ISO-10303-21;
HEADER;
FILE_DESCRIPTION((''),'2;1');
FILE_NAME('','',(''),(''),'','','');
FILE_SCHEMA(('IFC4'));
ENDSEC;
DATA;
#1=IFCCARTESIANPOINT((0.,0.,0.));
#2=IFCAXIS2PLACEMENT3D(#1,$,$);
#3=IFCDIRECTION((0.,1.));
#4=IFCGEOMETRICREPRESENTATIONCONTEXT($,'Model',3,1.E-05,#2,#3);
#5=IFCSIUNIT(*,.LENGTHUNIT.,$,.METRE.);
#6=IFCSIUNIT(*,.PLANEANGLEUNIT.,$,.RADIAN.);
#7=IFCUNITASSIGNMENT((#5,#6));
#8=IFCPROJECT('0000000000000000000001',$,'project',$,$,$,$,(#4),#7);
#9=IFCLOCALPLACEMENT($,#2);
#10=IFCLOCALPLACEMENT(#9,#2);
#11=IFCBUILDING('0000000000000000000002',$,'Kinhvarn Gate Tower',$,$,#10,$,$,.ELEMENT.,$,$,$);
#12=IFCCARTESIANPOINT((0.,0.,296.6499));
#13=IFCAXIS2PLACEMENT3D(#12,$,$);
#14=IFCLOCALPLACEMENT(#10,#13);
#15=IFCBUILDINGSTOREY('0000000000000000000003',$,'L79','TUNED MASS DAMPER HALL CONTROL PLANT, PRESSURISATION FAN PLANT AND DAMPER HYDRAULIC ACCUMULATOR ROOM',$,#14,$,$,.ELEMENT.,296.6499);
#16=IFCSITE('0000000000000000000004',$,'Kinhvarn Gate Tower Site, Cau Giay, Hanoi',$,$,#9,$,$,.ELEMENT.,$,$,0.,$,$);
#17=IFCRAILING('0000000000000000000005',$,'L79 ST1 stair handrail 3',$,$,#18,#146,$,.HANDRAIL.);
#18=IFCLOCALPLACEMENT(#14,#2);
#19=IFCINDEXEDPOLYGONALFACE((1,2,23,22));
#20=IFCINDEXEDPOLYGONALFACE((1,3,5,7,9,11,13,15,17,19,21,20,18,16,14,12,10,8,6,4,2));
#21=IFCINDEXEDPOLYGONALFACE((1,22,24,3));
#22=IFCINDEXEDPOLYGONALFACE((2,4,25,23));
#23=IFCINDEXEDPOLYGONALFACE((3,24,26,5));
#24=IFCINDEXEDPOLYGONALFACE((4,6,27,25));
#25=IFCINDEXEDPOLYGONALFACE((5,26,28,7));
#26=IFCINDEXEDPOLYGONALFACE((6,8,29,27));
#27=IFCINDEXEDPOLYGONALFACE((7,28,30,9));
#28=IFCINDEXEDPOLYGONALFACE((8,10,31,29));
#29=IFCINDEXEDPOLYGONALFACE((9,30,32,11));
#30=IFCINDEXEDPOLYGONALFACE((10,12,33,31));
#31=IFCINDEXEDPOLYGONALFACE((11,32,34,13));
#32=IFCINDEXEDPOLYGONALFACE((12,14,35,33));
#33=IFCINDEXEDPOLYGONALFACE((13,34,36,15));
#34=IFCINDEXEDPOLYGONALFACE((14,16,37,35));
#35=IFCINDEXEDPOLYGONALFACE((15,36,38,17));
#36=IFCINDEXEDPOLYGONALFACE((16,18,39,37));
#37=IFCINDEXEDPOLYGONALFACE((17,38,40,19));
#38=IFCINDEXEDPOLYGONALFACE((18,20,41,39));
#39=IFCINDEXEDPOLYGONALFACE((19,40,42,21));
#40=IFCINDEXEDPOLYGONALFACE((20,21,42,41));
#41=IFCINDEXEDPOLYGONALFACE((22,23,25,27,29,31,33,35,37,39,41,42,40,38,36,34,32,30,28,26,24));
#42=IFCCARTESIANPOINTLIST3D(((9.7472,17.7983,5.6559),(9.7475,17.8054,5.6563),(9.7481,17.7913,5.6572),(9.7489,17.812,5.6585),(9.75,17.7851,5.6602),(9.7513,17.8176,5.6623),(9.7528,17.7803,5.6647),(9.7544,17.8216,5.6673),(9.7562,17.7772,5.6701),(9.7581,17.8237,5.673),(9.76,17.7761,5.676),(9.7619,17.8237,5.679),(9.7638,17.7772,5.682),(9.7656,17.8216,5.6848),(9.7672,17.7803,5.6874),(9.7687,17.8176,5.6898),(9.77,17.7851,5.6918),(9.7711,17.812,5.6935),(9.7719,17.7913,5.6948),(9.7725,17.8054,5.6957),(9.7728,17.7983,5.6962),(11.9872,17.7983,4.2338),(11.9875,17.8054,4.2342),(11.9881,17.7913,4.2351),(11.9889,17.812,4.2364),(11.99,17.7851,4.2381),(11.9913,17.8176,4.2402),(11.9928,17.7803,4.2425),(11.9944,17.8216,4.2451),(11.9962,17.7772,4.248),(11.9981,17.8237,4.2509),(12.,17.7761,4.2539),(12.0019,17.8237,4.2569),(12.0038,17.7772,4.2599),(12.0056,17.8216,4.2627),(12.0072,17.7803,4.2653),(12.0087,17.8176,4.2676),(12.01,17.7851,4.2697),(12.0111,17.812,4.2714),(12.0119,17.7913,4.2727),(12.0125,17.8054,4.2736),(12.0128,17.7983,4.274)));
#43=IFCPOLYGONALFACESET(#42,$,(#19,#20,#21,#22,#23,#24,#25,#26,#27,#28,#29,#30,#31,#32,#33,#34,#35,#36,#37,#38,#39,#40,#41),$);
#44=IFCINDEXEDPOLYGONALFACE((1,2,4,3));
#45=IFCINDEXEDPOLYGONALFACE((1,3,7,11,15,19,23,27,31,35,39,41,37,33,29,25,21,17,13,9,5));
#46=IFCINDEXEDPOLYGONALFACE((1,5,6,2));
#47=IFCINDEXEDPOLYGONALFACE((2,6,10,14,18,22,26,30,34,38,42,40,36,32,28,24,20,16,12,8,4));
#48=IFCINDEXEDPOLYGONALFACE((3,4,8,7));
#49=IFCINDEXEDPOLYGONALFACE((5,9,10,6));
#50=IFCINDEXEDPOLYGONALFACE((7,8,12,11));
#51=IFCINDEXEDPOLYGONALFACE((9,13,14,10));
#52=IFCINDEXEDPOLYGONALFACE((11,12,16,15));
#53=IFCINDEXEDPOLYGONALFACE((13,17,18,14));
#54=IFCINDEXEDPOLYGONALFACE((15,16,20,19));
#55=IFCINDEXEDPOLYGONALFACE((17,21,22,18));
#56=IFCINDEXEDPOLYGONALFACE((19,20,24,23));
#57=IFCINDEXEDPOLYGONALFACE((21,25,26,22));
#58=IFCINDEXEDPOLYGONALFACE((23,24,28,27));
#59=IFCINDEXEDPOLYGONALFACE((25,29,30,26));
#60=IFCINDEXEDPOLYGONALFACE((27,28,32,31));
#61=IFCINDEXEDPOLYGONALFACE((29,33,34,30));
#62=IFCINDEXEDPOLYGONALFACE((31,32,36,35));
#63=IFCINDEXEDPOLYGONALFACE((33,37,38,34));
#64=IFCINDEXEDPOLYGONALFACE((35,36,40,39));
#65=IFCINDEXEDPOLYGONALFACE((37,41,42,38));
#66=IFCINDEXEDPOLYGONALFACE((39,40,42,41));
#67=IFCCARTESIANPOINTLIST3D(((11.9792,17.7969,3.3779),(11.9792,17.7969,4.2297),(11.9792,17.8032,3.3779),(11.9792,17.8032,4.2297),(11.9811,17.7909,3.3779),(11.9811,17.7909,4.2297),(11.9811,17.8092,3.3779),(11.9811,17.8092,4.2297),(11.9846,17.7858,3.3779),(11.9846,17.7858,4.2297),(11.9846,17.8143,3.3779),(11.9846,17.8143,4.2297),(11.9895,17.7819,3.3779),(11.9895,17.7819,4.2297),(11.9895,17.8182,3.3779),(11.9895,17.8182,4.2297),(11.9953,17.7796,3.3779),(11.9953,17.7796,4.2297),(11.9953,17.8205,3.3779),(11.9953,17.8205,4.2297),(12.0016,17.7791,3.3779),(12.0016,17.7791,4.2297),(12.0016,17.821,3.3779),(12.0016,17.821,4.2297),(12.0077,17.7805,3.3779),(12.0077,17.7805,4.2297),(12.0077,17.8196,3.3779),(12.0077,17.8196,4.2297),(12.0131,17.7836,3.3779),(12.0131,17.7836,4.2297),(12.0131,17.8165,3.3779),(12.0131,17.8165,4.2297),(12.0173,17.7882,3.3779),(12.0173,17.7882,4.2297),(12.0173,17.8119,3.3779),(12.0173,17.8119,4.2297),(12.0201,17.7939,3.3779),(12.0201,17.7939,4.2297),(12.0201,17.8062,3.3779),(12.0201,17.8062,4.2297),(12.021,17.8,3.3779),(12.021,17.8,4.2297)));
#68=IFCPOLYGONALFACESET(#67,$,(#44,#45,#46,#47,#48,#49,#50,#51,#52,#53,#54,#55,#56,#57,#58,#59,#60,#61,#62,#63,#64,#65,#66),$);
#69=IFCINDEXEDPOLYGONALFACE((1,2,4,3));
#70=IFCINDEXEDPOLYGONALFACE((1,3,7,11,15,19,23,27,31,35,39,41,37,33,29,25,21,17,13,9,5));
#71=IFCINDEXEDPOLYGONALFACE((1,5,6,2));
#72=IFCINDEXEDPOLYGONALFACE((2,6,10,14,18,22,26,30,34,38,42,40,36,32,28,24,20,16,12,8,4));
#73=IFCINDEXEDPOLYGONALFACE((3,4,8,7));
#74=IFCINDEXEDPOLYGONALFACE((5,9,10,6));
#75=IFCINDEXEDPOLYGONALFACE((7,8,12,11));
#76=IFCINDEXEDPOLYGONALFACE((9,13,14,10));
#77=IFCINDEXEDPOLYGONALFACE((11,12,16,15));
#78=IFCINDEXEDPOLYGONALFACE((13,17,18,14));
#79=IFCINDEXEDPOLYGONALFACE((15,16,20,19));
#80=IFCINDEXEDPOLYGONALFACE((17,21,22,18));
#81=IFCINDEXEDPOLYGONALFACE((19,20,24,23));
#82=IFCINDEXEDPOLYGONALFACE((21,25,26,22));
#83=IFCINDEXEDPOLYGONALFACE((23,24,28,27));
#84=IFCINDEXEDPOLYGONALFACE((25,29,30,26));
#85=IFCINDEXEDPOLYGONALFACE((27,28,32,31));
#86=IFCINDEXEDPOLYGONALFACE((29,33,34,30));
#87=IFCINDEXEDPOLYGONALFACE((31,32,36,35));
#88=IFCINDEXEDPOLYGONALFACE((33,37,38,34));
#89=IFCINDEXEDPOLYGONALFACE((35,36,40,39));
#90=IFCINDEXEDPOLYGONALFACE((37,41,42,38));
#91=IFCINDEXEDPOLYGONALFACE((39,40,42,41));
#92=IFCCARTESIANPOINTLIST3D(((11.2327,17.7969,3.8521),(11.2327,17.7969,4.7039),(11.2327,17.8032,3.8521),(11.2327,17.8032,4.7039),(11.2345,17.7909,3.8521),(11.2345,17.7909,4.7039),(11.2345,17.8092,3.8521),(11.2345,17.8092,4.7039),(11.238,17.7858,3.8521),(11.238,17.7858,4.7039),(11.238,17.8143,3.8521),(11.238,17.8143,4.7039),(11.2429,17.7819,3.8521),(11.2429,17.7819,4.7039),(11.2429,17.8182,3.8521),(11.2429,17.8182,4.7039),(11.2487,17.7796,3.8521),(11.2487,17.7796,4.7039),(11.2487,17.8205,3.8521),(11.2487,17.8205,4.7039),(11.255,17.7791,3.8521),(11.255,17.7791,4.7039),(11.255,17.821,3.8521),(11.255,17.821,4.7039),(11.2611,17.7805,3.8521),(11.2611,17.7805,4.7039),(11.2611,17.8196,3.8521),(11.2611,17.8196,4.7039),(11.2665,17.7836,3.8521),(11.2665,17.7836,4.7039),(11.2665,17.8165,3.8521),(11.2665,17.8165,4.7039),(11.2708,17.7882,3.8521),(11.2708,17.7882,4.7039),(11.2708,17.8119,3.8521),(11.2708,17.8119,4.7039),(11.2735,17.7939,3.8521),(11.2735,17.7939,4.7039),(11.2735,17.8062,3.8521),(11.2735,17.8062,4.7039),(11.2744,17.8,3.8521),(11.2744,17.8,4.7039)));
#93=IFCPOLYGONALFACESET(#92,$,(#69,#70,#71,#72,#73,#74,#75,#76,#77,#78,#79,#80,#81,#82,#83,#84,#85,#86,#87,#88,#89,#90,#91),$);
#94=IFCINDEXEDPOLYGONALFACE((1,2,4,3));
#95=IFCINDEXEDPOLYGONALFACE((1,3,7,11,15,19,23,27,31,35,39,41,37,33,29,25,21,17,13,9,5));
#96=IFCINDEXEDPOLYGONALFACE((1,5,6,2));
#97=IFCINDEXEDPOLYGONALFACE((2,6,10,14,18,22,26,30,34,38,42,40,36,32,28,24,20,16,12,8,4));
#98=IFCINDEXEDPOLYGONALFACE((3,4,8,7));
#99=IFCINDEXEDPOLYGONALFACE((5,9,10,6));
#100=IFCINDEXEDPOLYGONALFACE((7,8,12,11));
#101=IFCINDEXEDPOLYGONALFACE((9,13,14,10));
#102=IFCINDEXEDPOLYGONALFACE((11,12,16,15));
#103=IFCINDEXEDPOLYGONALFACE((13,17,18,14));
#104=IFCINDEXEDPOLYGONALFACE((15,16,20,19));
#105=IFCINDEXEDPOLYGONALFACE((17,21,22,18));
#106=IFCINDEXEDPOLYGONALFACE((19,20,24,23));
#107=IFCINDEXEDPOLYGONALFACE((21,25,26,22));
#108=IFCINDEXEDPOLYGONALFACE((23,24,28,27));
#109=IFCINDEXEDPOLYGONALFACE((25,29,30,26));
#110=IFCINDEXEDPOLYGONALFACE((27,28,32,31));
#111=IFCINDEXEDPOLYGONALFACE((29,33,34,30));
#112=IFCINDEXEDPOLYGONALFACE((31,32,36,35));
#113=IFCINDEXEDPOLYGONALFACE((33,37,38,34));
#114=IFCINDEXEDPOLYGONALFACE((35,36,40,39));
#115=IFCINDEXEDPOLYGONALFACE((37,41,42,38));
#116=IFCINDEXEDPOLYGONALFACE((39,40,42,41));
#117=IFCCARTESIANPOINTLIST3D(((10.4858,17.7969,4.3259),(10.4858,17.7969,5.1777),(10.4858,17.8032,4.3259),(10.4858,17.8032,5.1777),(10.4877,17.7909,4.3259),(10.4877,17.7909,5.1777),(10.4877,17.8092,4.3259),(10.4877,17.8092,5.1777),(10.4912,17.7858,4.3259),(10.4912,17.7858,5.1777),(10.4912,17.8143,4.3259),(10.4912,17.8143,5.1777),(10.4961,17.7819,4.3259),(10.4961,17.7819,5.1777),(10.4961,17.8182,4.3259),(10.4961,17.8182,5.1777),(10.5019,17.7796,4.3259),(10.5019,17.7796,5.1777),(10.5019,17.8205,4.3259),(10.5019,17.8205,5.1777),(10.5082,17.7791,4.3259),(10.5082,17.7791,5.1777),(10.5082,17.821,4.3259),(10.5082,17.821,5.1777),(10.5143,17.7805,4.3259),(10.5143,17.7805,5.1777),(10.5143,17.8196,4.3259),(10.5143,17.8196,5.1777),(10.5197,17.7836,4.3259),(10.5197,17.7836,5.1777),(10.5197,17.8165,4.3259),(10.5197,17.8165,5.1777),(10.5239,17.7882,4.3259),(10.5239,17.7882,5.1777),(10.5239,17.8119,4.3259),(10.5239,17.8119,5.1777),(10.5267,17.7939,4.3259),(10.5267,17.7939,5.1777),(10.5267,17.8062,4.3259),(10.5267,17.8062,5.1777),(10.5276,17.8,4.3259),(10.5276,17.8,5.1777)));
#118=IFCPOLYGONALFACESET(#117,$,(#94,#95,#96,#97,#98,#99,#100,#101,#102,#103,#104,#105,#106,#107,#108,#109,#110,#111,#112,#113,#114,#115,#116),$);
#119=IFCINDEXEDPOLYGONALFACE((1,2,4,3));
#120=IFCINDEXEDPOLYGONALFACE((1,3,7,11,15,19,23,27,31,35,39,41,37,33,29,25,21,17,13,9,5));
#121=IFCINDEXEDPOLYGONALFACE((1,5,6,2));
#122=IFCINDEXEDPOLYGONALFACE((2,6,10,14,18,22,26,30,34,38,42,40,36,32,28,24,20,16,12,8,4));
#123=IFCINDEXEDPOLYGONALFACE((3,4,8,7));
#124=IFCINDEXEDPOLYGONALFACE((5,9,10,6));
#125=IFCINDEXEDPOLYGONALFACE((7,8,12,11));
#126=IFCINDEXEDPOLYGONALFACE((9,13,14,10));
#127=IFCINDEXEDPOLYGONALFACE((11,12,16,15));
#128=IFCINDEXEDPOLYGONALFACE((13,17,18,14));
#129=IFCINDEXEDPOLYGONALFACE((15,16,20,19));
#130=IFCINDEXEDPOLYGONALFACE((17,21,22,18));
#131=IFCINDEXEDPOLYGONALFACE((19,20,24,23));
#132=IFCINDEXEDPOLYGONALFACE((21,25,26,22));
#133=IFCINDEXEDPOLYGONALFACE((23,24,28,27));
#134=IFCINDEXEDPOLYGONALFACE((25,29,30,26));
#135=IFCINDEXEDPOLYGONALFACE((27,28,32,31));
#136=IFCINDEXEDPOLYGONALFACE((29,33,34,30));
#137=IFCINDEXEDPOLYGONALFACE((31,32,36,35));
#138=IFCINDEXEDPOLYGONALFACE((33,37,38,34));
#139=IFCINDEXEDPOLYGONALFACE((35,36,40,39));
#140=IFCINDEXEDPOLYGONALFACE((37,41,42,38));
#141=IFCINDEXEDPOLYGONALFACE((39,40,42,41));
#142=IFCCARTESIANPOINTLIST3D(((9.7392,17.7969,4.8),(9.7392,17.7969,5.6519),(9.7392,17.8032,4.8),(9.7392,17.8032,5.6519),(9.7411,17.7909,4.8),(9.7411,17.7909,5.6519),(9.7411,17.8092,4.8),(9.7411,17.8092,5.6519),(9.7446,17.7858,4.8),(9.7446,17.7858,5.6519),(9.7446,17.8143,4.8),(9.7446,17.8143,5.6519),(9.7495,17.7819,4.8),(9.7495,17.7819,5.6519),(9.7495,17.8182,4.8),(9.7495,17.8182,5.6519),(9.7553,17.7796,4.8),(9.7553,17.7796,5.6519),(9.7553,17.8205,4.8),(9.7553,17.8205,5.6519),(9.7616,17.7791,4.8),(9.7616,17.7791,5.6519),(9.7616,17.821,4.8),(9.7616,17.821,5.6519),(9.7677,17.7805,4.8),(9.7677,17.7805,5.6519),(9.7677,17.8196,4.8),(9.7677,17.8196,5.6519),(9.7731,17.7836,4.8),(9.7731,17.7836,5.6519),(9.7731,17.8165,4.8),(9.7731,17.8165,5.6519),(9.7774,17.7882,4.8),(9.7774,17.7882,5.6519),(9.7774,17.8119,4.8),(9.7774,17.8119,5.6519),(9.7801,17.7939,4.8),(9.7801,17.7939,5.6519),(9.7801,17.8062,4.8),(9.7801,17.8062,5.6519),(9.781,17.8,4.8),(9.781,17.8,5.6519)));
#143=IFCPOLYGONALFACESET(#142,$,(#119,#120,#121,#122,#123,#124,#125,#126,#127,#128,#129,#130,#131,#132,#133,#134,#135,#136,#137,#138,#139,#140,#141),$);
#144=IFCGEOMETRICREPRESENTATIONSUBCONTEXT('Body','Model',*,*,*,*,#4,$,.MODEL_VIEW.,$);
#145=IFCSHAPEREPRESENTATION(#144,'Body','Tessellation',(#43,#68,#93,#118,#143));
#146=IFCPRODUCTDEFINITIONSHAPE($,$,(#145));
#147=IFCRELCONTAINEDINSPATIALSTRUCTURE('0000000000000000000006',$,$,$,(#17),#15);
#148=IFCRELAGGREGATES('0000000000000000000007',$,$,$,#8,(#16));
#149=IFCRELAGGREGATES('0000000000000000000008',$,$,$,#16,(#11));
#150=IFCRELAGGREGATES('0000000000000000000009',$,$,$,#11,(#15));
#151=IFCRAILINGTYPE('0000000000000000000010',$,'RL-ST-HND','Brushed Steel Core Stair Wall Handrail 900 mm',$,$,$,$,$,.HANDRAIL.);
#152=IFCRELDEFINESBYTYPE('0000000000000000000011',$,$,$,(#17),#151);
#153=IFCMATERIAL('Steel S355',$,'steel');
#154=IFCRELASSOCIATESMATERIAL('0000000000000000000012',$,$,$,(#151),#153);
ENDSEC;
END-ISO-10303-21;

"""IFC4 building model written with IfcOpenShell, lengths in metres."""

from ifc_helpers import new_model, si_unit, direction, frame, origin, origin_2d, place, context, subcontext, project, spatial, circle, extrude, material, type_object, element, save


model = new_model("IFC4")

# Units and contexts
model_context = context("Model", 3, precision=1e-05, world=origin(), true_north=direction((0.0, 1.0)))
body_context = subcontext(model_context, "Body", "Model", "MODEL_VIEW")
ifc_project = project(units=[si_unit("LENGTHUNIT", "METRE"), si_unit("PLANEANGLEUNIT", "RADIAN")], contexts=[model_context])

# Site, building, storey
site_placement = place(None, origin())
site = spatial("IfcSite", under=ifc_project, at=site_placement, Name="Kinhvarn Gate Tower Site, Cau Giay, Hanoi", CompositionType="ELEMENT", RefElevation=0.0)
building_placement = place(site_placement, origin())
building = spatial("IfcBuilding", under=site, at=building_placement, Name="Kinhvarn Gate Tower", CompositionType="ELEMENT")
storey_placement = place(building_placement, frame((0.0, 0.0, 296.6499)))
storey = spatial("IfcBuildingStorey", under=building, at=storey_placement, Name="L79", Description="TUNED MASS DAMPER HALL CONTROL PLANT, PRESSURISATION FAN PLANT AND DAMPER HYDRAULIC ACCUMULATOR ROOM", CompositionType="ELEMENT", Elevation=296.6499)

# Shared definitions
ifc_material_1 = material(Name="Steel S355", Category="steel")

# Railing
railing_type_1 = type_object("IfcRailingType", Name="RL-ST-HND", Description="Brushed Steel Core Stair Wall Handrail 900 mm", PredefinedType="HANDRAIL", material=ifc_material_1)
for number, where, name in (
    (1, (12.0, 17.8, 3.3779), "L79 ST1 stair handrail 3"),
):
    element("IfcRailing", number, at=place(storey_placement, frame(where)), inside=storey, type_object=railing_type_1, Name=name, PredefinedType="HANDRAIL", context=body_context, shape_type="SweptSolid", body=[
        extrude(circle(Radius=0.0239, at=origin_2d()), frame((0.0, 0.0, 0.876), z_axis=(-0.844229, 0.0, 0.535982), x_axis=(0.0, -1.0, 0.0)), (0.0, 0.0, 1.0), 2.6533),
        extrude(circle(Radius=0.021, at=origin_2d()), origin(), (0.0, 0.0, 1.0), 0.8518),
        extrude(circle(Radius=0.021, at=origin_2d()), frame((-0.7466, 0.0, 0.4741)), (0.0, 0.0, 1.0), 0.8518),
        extrude(circle(Radius=0.021, at=origin_2d()), frame((-1.4934, 0.0, 0.948)), (0.0, 0.0, 1.0), 0.8518),
        extrude(circle(Radius=0.021, at=origin_2d()), frame((-2.24, 0.0, 1.4221)), (0.0, 0.0, 1.0), 0.8518),
    ])

save(model, "model.ifc")
